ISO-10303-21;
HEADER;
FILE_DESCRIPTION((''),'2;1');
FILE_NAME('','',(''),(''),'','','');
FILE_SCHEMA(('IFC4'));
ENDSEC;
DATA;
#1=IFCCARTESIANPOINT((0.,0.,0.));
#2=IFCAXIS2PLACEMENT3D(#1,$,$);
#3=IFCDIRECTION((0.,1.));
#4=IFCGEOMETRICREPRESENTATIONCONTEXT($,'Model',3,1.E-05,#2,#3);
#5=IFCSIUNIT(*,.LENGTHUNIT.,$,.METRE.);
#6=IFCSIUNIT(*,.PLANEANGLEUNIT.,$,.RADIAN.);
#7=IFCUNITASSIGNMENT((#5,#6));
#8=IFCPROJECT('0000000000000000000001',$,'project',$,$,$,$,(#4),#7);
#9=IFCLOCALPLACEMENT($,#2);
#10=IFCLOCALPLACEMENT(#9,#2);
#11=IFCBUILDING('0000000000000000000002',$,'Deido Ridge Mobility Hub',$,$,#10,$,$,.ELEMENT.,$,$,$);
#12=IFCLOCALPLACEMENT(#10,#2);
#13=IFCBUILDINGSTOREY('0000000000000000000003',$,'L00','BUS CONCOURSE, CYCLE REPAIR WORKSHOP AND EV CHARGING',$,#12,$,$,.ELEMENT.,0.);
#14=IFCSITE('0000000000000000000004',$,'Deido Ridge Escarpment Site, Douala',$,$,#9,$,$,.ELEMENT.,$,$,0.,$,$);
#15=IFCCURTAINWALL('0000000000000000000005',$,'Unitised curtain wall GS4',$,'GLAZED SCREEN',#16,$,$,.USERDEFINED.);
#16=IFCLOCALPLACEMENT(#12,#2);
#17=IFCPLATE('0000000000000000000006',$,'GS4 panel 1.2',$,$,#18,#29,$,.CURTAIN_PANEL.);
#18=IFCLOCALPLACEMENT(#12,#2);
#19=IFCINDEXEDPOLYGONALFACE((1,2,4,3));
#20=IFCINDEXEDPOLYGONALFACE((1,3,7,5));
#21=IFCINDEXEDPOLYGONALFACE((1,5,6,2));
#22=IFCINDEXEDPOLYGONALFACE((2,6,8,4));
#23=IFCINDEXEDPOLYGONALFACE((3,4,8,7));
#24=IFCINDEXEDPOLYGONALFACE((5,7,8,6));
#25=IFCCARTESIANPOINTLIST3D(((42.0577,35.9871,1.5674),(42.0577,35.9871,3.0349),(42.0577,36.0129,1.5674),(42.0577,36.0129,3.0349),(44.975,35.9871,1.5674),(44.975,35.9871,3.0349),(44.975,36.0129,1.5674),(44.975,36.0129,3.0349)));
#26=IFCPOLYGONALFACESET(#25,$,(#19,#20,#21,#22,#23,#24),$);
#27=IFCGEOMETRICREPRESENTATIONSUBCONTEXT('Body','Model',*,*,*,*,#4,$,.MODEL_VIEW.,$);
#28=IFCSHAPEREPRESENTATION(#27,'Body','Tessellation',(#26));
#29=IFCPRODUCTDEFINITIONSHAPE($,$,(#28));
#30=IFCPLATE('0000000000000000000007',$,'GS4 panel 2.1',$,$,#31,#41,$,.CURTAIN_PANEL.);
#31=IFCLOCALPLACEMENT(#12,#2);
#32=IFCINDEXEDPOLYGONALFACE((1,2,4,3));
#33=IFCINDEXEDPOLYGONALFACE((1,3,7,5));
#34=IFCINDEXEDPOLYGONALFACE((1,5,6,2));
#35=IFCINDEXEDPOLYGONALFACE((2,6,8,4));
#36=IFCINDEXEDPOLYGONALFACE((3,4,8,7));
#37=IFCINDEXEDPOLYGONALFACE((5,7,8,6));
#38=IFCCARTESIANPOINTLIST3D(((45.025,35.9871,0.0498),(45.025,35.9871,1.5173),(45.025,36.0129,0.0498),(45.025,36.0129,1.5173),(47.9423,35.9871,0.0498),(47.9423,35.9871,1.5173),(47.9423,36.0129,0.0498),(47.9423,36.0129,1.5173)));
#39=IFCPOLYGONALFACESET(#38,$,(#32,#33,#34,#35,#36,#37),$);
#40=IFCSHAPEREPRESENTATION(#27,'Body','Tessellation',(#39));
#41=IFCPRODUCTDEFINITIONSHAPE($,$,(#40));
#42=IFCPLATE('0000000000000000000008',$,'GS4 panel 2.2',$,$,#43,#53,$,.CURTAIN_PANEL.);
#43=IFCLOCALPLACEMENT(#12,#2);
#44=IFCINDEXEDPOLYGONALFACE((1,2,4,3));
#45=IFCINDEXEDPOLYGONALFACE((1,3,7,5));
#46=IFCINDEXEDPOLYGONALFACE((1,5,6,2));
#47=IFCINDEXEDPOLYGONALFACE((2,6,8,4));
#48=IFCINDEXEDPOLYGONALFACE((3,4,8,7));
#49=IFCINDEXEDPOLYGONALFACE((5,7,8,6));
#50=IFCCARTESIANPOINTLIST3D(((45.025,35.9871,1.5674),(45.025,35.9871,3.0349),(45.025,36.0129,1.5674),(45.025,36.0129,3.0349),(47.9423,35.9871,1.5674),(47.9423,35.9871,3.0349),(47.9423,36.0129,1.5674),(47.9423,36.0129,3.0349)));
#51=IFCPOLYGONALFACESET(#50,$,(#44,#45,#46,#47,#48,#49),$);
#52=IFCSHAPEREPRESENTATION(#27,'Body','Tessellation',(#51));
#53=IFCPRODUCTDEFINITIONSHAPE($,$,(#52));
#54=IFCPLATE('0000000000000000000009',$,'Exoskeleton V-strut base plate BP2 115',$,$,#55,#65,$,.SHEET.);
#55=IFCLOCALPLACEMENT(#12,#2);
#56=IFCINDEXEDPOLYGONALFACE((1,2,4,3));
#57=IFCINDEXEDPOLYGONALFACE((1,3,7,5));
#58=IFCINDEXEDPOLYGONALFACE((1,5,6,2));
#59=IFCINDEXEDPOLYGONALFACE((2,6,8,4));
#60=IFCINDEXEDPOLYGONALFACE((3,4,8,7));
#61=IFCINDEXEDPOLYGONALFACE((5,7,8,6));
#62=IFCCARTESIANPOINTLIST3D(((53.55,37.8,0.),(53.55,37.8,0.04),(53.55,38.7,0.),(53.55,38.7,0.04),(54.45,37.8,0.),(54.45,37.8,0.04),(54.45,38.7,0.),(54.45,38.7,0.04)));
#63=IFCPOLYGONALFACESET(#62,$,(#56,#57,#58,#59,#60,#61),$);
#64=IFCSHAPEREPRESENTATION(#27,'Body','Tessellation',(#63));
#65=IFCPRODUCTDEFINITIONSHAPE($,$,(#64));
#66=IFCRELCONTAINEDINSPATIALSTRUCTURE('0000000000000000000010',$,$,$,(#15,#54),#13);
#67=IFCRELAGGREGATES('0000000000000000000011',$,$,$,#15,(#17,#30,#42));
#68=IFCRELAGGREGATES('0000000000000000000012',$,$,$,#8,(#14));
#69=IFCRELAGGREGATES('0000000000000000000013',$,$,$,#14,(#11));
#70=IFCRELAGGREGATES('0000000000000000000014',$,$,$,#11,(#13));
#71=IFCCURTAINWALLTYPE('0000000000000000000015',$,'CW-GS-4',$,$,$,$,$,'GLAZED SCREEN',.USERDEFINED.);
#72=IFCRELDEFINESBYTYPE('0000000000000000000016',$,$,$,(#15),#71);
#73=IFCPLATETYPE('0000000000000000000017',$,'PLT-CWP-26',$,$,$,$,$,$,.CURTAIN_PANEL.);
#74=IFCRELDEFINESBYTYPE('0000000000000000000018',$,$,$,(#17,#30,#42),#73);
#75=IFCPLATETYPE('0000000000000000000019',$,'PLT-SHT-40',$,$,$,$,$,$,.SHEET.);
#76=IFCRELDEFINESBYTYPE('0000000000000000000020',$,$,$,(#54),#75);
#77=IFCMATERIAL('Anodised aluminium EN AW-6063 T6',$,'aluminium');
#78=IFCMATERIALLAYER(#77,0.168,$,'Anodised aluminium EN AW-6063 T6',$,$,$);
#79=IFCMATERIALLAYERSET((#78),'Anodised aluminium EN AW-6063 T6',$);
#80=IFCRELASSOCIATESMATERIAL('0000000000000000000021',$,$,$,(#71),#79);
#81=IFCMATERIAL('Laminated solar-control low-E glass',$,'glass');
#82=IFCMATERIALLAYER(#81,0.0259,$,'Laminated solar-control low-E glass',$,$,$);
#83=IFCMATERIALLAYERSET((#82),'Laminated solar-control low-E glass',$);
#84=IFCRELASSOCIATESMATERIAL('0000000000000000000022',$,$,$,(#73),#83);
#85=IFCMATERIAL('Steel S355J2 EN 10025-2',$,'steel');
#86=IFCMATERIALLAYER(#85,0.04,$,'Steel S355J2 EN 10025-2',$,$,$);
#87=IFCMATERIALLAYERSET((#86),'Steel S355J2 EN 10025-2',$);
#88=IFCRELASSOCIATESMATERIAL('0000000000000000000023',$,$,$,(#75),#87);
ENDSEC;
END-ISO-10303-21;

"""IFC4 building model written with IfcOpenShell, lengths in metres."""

from ifc_helpers import new_model, si_unit, direction, frame, origin, origin_2d, place, context, subcontext, project, spatial, rectangle, extrude, material, layer, layer_set, type_object, element, aggregate, save


model = new_model("IFC4")

# Units and contexts
model_context = context("Model", 3, precision=1e-05, world=origin(), true_north=direction((0.0, 1.0)))
body_context = subcontext(model_context, "Body", "Model", "MODEL_VIEW")
ifc_project = project(units=[si_unit("LENGTHUNIT", "METRE"), si_unit("PLANEANGLEUNIT", "RADIAN")], contexts=[model_context])

# Site, building, storey
site_placement = place(None, origin())
site = spatial("IfcSite", under=ifc_project, at=site_placement, Name="Deido Ridge Escarpment Site, Douala", CompositionType="ELEMENT", RefElevation=0.0)
building_placement = place(site_placement, origin())
building = spatial("IfcBuilding", under=site, at=building_placement, Name="Deido Ridge Mobility Hub", CompositionType="ELEMENT")
storey_placement = place(building_placement, origin())
storey = spatial("IfcBuildingStorey", under=building, at=storey_placement, Name="L00", Description="BUS CONCOURSE, CYCLE REPAIR WORKSHOP AND EV CHARGING", CompositionType="ELEMENT", Elevation=0.0)

# Shared definitions
ifc_material_1 = material(Name="Steel S355J2 EN 10025-2", Category="steel")

# Curtain wall
ifc_material_2 = material(Name="Anodised aluminium EN AW-6063 T6", Category="aluminium")
ifc_layer_1 = layer(ifc_material_2, 0.168, Name="Anodised aluminium EN AW-6063 T6")
ifc_layer_set_1 = layer_set([ifc_layer_1], Name="Anodised aluminium EN AW-6063 T6")
curtain_wall_type = type_object("IfcCurtainWallType", Name="CW-GS-4", ElementType="GLAZED SCREEN", PredefinedType="USERDEFINED", material=ifc_layer_set_1)
curtain_wall_placement = place(storey_placement, origin())
curtain_wall = element("IfcCurtainWall", 1, at=curtain_wall_placement, inside=storey, type_object=curtain_wall_type, Name="Unitised curtain wall GS4", ObjectType="GLAZED SCREEN", PredefinedType="USERDEFINED")

# Plates
ifc_material_3 = material(Name="Laminated solar-control low-E glass", Category="glass")
ifc_layer_2 = layer(ifc_material_3, 0.0259, Name="Laminated solar-control low-E glass")
ifc_layer_set_2 = layer_set([ifc_layer_2], Name="Laminated solar-control low-E glass")
plate_type_1 = type_object("IfcPlateType", Name="PLT-CWP-26", PredefinedType="CURTAIN_PANEL", material=ifc_layer_set_2)
plate_1_placement = place(storey_placement, frame((43.5164, 36.0, 1.5674), z_axis=(0.0, 0.0, 1.0), x_axis=(1.0, 0.0, 0.0)))
plate_1 = element("IfcPlate", 2, at=plate_1_placement, type_object=plate_type_1, Name="GS4 panel 1.2", PredefinedType="CURTAIN_PANEL", context=body_context, shape_type="SweptSolid", body=[
    extrude(rectangle(XDim=2.9172, YDim=0.0259, at=origin_2d()), origin(), (0.0, 0.0, 1.0), 1.4675),
])
plate_2_placement = place(storey_placement, frame((46.4836, 36.0, 0.0498), z_axis=(0.0, 0.0, 1.0), x_axis=(1.0, 0.0, 0.0)))
plate_2 = element("IfcPlate", 3, at=plate_2_placement, type_object=plate_type_1, Name="GS4 panel 2.1", PredefinedType="CURTAIN_PANEL", context=body_context, shape_type="SweptSolid", body=[
    extrude(rectangle(XDim=2.9172, YDim=0.0259, at=origin_2d()), origin(), (0.0, 0.0, 1.0), 1.4675),
])
plate_3_placement = place(storey_placement, frame((46.4836, 36.0, 1.5674), z_axis=(0.0, 0.0, 1.0), x_axis=(1.0, 0.0, 0.0)))
plate_3 = element("IfcPlate", 4, at=plate_3_placement, type_object=plate_type_1, Name="GS4 panel 2.2", PredefinedType="CURTAIN_PANEL", context=body_context, shape_type="SweptSolid", body=[
    extrude(rectangle(XDim=2.9172, YDim=0.0259, at=origin_2d()), origin(), (0.0, 0.0, 1.0), 1.4675),
])
aggregate(curtain_wall, [plate_1, plate_2, plate_3])
ifc_layer_3 = layer(ifc_material_1, 0.04, Name="Steel S355J2 EN 10025-2")
ifc_layer_set_3 = layer_set([ifc_layer_3], Name="Steel S355J2 EN 10025-2")
plate_type_2 = type_object("IfcPlateType", Name="PLT-SHT-40", PredefinedType="SHEET", material=ifc_layer_set_3)
plate_4_placement = place(storey_placement, frame((54.0, 38.25, 0.0), z_axis=(0.0, 0.0, 1.0), x_axis=(1.0, 0.0, 0.0)))
element("IfcPlate", 5, at=plate_4_placement, inside=storey, type_object=plate_type_2, Name="Exoskeleton V-strut base plate BP2 115", PredefinedType="SHEET", context=body_context, shape_type="SweptSolid", body=[
    extrude(rectangle(XDim=0.8999, YDim=0.8999, at=origin_2d()), origin(), (0.0, 0.0, 1.0), 0.04),
])

save(model, "model.ifc")
